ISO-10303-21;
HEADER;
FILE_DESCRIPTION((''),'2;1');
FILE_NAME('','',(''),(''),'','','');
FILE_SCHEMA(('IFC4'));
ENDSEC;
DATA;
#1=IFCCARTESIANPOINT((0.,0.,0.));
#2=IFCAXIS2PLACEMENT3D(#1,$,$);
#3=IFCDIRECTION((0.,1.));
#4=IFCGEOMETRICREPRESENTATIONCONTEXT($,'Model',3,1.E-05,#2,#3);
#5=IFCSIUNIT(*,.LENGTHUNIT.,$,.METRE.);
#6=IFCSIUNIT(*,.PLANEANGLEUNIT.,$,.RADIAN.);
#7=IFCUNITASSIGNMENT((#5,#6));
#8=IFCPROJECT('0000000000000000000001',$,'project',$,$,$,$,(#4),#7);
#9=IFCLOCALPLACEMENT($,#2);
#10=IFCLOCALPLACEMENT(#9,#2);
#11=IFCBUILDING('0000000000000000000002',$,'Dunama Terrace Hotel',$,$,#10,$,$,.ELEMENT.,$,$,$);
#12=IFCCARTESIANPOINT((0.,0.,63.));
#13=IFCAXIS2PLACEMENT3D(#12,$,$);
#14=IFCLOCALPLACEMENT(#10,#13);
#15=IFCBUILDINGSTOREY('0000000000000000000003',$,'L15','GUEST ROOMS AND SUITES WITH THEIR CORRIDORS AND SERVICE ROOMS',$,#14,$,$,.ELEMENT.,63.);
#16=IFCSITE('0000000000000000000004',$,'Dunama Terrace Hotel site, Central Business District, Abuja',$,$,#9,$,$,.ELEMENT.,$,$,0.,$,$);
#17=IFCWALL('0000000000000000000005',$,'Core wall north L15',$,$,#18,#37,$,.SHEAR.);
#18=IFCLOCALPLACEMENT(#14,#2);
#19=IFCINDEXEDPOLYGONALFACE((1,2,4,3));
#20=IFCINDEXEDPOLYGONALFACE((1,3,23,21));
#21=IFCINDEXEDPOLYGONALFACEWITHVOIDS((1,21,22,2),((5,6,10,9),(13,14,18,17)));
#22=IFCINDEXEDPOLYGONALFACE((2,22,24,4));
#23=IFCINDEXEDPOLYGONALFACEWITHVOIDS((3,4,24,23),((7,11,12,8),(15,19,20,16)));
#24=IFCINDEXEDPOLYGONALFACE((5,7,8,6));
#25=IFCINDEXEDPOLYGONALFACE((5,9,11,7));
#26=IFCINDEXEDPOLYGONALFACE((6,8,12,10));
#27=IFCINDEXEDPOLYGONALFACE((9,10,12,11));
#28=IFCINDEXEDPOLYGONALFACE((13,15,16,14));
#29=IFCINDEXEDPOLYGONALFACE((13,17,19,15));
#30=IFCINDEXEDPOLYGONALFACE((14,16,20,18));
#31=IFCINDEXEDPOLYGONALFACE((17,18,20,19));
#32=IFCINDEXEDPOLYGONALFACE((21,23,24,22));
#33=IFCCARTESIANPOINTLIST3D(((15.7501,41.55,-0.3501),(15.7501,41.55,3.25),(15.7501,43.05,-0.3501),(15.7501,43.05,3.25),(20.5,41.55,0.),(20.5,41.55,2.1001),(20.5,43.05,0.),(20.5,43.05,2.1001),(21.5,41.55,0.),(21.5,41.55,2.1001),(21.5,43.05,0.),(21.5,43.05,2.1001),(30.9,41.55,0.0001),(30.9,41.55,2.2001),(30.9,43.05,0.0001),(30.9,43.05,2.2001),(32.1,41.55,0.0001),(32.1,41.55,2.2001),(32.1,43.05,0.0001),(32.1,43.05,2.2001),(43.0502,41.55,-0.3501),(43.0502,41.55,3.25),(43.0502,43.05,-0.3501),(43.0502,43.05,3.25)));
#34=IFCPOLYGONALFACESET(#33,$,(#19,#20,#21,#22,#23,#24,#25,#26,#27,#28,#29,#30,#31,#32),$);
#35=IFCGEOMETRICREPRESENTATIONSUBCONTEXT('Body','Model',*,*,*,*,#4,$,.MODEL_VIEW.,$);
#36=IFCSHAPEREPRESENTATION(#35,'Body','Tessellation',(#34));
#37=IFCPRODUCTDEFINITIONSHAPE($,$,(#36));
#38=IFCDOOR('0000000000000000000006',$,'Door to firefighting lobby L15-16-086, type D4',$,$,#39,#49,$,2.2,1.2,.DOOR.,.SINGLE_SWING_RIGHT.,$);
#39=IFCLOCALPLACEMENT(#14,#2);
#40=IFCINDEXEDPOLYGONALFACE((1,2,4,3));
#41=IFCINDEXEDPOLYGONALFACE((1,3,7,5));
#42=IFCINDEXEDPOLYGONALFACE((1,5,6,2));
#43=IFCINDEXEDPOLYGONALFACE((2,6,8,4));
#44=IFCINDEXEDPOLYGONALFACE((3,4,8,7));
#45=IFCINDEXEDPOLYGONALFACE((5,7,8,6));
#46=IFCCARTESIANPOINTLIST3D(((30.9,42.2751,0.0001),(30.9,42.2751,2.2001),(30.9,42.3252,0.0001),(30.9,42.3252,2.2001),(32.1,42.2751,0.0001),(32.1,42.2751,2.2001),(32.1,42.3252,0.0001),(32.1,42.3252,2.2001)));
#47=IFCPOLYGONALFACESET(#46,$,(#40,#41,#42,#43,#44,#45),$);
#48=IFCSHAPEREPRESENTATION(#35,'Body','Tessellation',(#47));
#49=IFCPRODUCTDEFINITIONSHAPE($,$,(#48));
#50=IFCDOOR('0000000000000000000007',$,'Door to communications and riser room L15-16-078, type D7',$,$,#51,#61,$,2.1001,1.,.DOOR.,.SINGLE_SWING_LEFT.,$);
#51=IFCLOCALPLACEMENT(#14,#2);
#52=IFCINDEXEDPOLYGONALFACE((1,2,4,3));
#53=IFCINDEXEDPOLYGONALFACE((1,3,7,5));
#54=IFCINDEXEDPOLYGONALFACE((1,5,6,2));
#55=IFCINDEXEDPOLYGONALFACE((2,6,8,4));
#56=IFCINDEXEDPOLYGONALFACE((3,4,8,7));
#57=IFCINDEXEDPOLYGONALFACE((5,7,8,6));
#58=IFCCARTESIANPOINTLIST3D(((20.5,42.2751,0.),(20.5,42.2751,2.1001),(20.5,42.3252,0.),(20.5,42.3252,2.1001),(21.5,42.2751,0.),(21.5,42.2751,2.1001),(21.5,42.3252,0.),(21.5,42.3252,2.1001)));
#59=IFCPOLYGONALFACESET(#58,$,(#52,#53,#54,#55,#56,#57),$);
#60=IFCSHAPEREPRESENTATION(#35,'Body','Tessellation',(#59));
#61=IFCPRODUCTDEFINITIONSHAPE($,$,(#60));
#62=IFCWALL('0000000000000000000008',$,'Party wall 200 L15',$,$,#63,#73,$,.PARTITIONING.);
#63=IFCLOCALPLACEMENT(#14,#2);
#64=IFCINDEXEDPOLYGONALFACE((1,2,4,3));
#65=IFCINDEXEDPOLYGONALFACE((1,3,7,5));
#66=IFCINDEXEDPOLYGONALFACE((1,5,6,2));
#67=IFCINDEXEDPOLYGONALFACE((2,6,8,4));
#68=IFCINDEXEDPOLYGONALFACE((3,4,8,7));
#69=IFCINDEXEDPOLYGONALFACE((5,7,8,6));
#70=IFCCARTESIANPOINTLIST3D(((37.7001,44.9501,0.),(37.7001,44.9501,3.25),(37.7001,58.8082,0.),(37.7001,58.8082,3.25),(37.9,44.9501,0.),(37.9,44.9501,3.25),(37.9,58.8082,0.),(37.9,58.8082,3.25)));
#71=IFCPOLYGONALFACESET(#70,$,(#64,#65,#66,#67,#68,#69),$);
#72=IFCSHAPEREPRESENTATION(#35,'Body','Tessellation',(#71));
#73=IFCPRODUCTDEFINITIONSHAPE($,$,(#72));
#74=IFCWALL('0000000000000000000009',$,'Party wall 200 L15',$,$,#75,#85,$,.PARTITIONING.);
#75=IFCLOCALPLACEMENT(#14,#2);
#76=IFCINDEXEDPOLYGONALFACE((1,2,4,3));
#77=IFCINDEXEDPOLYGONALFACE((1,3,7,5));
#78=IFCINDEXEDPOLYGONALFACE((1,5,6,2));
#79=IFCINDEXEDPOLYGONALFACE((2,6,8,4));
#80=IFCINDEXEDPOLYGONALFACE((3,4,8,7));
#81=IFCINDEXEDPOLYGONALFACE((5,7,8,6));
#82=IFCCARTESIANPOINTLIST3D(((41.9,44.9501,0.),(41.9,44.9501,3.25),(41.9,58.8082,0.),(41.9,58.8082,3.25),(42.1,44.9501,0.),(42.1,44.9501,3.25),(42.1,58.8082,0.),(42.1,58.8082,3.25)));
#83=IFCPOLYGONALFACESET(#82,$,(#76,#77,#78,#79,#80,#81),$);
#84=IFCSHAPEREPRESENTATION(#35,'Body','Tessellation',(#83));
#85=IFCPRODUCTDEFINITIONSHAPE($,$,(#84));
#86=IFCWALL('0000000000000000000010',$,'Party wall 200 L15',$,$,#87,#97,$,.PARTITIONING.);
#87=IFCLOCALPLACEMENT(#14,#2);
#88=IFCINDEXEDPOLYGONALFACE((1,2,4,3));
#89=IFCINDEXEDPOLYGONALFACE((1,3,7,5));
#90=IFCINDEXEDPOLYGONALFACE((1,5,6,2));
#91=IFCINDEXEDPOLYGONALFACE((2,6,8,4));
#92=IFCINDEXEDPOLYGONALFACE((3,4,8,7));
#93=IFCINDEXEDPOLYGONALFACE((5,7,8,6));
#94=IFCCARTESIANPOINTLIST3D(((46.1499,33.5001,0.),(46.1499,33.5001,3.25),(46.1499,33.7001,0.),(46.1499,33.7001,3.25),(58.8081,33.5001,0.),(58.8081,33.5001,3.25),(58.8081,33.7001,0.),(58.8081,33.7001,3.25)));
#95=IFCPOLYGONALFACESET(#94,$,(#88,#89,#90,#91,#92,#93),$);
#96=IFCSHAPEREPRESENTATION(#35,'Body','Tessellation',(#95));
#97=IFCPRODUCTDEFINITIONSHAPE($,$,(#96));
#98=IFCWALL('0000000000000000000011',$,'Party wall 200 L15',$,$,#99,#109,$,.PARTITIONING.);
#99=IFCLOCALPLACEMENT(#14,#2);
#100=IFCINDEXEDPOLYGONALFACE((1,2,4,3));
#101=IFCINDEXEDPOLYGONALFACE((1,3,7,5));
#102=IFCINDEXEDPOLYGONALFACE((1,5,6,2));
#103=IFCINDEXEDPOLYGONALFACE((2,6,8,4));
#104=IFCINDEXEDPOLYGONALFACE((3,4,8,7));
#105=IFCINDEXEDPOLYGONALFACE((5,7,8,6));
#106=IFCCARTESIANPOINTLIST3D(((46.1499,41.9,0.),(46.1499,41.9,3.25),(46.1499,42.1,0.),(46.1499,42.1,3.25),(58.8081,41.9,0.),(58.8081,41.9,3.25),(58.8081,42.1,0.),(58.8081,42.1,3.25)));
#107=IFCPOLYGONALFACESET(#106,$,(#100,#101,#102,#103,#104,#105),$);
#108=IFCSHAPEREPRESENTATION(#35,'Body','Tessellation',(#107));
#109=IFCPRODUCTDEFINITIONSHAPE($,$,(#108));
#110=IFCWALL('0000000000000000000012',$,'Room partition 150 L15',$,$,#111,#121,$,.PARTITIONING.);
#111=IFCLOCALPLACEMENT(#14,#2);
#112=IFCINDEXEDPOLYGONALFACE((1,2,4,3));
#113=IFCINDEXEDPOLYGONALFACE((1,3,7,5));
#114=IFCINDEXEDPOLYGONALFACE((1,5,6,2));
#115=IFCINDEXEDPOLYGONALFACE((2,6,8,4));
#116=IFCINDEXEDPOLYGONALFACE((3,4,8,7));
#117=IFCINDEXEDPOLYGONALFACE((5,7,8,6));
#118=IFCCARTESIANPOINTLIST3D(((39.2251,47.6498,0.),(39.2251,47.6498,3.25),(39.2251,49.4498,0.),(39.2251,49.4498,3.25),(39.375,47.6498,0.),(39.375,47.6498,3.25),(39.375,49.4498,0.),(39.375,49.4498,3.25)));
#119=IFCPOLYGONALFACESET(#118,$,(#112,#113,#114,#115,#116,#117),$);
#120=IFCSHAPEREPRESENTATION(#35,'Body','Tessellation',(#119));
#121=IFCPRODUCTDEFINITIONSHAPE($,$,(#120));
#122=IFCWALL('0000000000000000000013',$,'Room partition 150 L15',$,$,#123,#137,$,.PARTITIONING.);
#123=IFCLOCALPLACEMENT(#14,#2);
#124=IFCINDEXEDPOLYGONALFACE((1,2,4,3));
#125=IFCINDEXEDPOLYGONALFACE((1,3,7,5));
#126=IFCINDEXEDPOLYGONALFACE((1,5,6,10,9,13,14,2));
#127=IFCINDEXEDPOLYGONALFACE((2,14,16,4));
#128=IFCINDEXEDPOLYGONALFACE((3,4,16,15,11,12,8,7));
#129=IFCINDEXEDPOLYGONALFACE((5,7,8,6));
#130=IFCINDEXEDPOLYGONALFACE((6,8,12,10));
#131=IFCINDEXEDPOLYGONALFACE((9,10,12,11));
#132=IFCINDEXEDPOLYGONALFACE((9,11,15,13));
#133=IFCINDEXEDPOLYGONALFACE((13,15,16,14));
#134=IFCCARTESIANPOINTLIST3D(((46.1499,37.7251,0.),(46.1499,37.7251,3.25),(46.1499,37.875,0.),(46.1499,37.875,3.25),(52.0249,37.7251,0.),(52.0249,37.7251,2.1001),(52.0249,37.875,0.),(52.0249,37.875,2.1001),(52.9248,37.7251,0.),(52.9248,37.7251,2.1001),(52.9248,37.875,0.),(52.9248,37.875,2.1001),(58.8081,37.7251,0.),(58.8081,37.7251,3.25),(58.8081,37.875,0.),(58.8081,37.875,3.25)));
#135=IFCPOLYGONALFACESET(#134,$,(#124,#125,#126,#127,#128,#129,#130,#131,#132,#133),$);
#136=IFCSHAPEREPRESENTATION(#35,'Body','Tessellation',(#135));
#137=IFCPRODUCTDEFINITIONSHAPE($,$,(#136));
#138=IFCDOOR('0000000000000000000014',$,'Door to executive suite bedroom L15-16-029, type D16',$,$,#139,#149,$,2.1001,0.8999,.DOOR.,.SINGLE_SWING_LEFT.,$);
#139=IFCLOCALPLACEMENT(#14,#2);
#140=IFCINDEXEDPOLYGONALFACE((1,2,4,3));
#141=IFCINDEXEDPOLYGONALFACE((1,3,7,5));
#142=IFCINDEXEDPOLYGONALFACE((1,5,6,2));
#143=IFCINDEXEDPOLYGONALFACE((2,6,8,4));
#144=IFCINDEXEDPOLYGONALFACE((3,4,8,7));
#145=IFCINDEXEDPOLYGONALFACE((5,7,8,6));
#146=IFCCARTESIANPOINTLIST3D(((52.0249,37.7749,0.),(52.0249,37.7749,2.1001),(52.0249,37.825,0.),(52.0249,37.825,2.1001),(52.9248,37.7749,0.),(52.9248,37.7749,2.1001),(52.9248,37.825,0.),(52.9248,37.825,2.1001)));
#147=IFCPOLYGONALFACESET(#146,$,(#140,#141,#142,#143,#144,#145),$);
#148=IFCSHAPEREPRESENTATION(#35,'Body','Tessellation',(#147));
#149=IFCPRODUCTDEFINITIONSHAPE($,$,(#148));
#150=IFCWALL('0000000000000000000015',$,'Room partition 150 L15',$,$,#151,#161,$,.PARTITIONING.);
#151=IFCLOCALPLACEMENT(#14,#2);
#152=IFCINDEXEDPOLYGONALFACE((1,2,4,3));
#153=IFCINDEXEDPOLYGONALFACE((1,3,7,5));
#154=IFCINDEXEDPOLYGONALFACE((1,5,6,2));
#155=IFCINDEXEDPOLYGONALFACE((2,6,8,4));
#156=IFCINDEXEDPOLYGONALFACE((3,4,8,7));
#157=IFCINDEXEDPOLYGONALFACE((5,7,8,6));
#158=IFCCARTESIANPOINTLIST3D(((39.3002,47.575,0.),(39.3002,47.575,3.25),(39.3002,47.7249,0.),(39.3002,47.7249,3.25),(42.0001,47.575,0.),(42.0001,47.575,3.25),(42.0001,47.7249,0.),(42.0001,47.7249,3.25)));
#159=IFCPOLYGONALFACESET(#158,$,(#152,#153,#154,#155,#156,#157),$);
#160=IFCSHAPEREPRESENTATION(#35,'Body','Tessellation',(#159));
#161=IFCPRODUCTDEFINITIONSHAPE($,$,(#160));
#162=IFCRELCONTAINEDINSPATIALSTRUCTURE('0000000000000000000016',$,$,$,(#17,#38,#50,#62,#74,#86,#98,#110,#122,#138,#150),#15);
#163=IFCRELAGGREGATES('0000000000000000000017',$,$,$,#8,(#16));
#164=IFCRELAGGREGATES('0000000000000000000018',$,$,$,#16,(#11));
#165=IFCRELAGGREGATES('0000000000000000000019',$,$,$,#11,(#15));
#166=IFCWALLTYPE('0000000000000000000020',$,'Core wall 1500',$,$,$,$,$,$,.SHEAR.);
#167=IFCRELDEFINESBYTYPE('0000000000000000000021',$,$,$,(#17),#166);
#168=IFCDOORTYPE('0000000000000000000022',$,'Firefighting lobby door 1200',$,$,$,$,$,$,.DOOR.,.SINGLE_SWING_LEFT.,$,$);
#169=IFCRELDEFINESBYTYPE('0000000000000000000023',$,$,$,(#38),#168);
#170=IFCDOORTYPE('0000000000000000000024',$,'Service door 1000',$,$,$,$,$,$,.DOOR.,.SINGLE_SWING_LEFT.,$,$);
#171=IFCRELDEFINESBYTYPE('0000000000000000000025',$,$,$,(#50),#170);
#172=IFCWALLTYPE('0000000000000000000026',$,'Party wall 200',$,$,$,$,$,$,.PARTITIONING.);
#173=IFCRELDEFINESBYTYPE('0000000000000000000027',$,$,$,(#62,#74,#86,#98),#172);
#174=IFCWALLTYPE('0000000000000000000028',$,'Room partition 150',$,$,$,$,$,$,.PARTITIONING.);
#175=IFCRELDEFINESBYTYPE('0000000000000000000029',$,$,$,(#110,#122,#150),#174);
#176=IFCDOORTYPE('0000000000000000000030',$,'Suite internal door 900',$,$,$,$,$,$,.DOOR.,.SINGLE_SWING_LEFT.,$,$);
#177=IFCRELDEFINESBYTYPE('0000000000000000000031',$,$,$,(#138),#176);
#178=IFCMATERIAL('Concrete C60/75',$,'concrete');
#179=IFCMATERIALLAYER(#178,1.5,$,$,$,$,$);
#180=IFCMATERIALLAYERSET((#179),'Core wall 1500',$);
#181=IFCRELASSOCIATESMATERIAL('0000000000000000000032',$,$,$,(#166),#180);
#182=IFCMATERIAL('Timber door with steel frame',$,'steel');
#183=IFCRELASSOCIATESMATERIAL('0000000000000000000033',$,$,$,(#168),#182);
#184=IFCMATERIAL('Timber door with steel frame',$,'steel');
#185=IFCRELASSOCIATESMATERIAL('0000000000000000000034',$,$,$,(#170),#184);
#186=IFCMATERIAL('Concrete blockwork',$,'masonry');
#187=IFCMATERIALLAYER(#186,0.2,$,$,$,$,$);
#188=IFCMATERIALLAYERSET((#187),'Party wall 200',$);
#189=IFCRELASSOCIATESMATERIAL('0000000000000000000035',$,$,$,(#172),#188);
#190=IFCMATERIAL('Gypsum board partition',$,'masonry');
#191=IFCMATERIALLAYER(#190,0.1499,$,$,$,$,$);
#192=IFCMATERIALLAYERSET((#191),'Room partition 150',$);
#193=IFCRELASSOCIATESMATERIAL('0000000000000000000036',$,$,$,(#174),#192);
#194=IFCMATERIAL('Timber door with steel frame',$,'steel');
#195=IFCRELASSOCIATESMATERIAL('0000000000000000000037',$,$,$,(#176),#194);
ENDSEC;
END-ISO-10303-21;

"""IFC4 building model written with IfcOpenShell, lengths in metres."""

from ifc_helpers import new_model, si_unit, direction, frame, frame_2d, origin, place, context, subcontext, project, spatial, rectangle, extrude, material, layer, layer_set, type_object, element, fill, save


model = new_model("IFC4")

# Units and contexts
model_context = context("Model", 3, precision=1e-05, world=origin(), true_north=direction((0.0, 1.0)))
body_context = subcontext(model_context, "Body", "Model", "MODEL_VIEW")
ifc_project = project(units=[si_unit("LENGTHUNIT", "METRE"), si_unit("PLANEANGLEUNIT", "RADIAN")], contexts=[model_context])

# Site, building, storey
site_placement = place(None, origin())
site = spatial("IfcSite", under=ifc_project, at=site_placement, Name="Dunama Terrace Hotel site, Central Business District, Abuja", CompositionType="ELEMENT", RefElevation=0.0)
building_placement = place(site_placement, origin())
building = spatial("IfcBuilding", under=site, at=building_placement, Name="Dunama Terrace Hotel", CompositionType="ELEMENT")
storey_placement = place(building_placement, frame((0.0, 0.0, 63.0)))
storey = spatial("IfcBuildingStorey", under=building, at=storey_placement, Name="L15", Description="GUEST ROOMS AND SUITES WITH THEIR CORRIDORS AND SERVICE ROOMS", CompositionType="ELEMENT", Elevation=63.0)

# Wall, openings, doors
ifc_material_1 = material(Name="Concrete C60/75", Category="concrete")
ifc_layer_1 = layer(ifc_material_1, 1.5)
ifc_layer_set_1 = layer_set([ifc_layer_1], Name="Core wall 1500")
wall_type_1 = type_object("IfcWallType", Name="Core wall 1500", PredefinedType="SHEAR", material=ifc_layer_set_1)
wall_1_placement = place(storey_placement, frame((43.05, 42.3, -0.3501), z_axis=(0.0, 0.0, 1.0), x_axis=(-1.0, 0.0, 0.0)))
wall_1 = element("IfcWall", 1, at=wall_1_placement, inside=storey, type_object=wall_type_1, Name="Core wall north L15", PredefinedType="SHEAR", context=body_context, shape_type="SweptSolid", body=[
    extrude(rectangle(XDim=27.3, YDim=1.5, at=frame_2d((13.6499, 0.0))), origin(), (0.0, 0.0, 1.0), 3.6001),
])
opening_1_placement = place(wall_1_placement, frame((21.55, 0.0, 0.3501)))
opening_1 = element("IfcOpeningElement", 2, at=opening_1_placement, cuts=wall_1, PredefinedType="OPENING", context=body_context, shape_type="SweptSolid", body=[
    extrude(rectangle(XDim=1.0, YDim=2.1001, at=frame_2d((0.5, 1.05))), frame((0.0, 0.76, 0.0), z_axis=(0.0, -1.0, 0.0), x_axis=(1.0, 0.0, 0.0)), (0.0, 0.0, 1.0), 1.52),
])
opening_2_placement = place(wall_1_placement, frame((10.95, 0.0, 0.3501)))
opening_2 = element("IfcOpeningElement", 3, at=opening_2_placement, cuts=wall_1, PredefinedType="OPENING", context=body_context, shape_type="SweptSolid", body=[
    extrude(rectangle(XDim=1.2, YDim=2.2, at=frame_2d((0.6001, 1.1001))), frame((0.0, 0.76, 0.0), z_axis=(0.0, -1.0, 0.0), x_axis=(1.0, 0.0, 0.0)), (0.0, 0.0, 1.0), 1.52),
])
ifc_material_2 = material(Name="Timber door with steel frame", Category="steel")
door_type_1 = type_object("IfcDoorType", Name="Firefighting lobby door 1200", OperationType="SINGLE_SWING_LEFT", PredefinedType="DOOR", material=ifc_material_2)
door_1_placement = place(opening_2_placement, origin())
door_1 = element("IfcDoor", 4, at=door_1_placement, inside=storey, type_object=door_type_1, Name="Door to firefighting lobby L15-16-086, type D4", OperationType="SINGLE_SWING_RIGHT", OverallHeight=2.2, OverallWidth=1.2, PredefinedType="DOOR", context=body_context, shape_type="SweptSolid", body=[
    extrude(rectangle(XDim=1.2, YDim=2.2, at=frame_2d((0.6001, 1.1001))), frame((0.0, 0.0249, 0.0), z_axis=(0.0, -1.0, 0.0), x_axis=(1.0, 0.0, 0.0)), (0.0, 0.0, 1.0), 0.05),
])
fill(opening_2, door_1)
ifc_material_3 = material(Name="Timber door with steel frame", Category="steel")
door_type_2 = type_object("IfcDoorType", Name="Service door 1000", OperationType="SINGLE_SWING_LEFT", PredefinedType="DOOR", material=ifc_material_3)
door_2_placement = place(opening_1_placement, origin())
door_2 = element("IfcDoor", 5, at=door_2_placement, inside=storey, type_object=door_type_2, Name="Door to communications and riser room L15-16-078, type D7", OperationType="SINGLE_SWING_LEFT", OverallHeight=2.1001, OverallWidth=1.0, PredefinedType="DOOR", context=body_context, shape_type="SweptSolid", body=[
    extrude(rectangle(XDim=1.0, YDim=2.1001, at=frame_2d((0.5, 1.05))), frame((0.0, 0.0249, 0.0), z_axis=(0.0, -1.0, 0.0), x_axis=(1.0, 0.0, 0.0)), (0.0, 0.0, 1.0), 0.05),
])
fill(opening_1, door_2)

# Walls
ifc_material_4 = material(Name="Concrete blockwork", Category="masonry")
ifc_layer_2 = layer(ifc_material_4, 0.2)
ifc_layer_set_2 = layer_set([ifc_layer_2], Name="Party wall 200")
wall_type_2 = type_object("IfcWallType", Name="Party wall 200", PredefinedType="PARTITIONING", material=ifc_layer_set_2)
for number, where, z_axis, x_axis, name in (
    (6, (37.8, 44.95, 0.0), (0.0, 0.0, 1.0), (0.0, 1.0, 0.0), "Party wall 200 L15"),
    (7, (42.0, 44.95, 0.0), (0.0, 0.0, 1.0), (0.0, 1.0, 0.0), "Party wall 200 L15"),
):
    element("IfcWall", number, at=place(storey_placement, frame(where, z_axis=z_axis, x_axis=x_axis)), inside=storey, type_object=wall_type_2, Name=name, PredefinedType="PARTITIONING", context=body_context, shape_type="SweptSolid", body=[
        extrude(rectangle(XDim=13.8582, YDim=0.2, at=frame_2d((6.9292, 0.0))), origin(), (0.0, 0.0, 1.0), 3.25),
    ])
for number, where, z_axis, x_axis, name in (
    (8, (46.1499, 33.6001, 0.0), (0.0, 0.0, 1.0), (1.0, 0.0, 0.0), "Party wall 200 L15"),
    (9, (46.1499, 42.0, 0.0), (0.0, 0.0, 1.0), (1.0, 0.0, 0.0), "Party wall 200 L15"),
):
    element("IfcWall", number, at=place(storey_placement, frame(where, z_axis=z_axis, x_axis=x_axis)), inside=storey, type_object=wall_type_2, Name=name, PredefinedType="PARTITIONING", context=body_context, shape_type="SweptSolid", body=[
        extrude(rectangle(XDim=12.6582, YDim=0.2, at=frame_2d((6.3291, 0.0))), origin(), (0.0, 0.0, 1.0), 3.25),
    ])
ifc_material_5 = material(Name="Gypsum board partition", Category="masonry")
ifc_layer_3 = layer(ifc_material_5, 0.1499)
ifc_layer_set_3 = layer_set([ifc_layer_3], Name="Room partition 150")
wall_type_3 = type_object("IfcWallType", Name="Room partition 150", PredefinedType="PARTITIONING", material=ifc_layer_set_3)
wall_2_placement = place(storey_placement, frame((39.3, 47.6499, 0.0), z_axis=(0.0, 0.0, 1.0), x_axis=(0.0, 1.0, 0.0)))
element("IfcWall", 10, at=wall_2_placement, inside=storey, type_object=wall_type_3, Name="Room partition 150 L15", PredefinedType="PARTITIONING", context=body_context, shape_type="SweptSolid", body=[
    extrude(rectangle(XDim=1.8, YDim=0.1499, at=frame_2d((0.8999, 0.0))), origin(), (0.0, 0.0, 1.0), 3.25),
])

# Wall, opening, door
wall_3_placement = place(storey_placement, frame((46.1499, 37.8, 0.0), z_axis=(0.0, 0.0, 1.0), x_axis=(1.0, 0.0, 0.0)))
wall_3 = element("IfcWall", 11, at=wall_3_placement, inside=storey, type_object=wall_type_3, Name="Room partition 150 L15", PredefinedType="PARTITIONING", context=body_context, shape_type="SweptSolid", body=[
    extrude(rectangle(XDim=12.6582, YDim=0.1499, at=frame_2d((6.3291, 0.0))), origin(), (0.0, 0.0, 1.0), 3.25),
])
opening_3_placement = place(wall_3_placement, frame((5.875, 0.0, 0.0)))
opening_3 = element("IfcOpeningElement", 12, at=opening_3_placement, cuts=wall_3, PredefinedType="OPENING", context=body_context, shape_type="SweptSolid", body=[
    extrude(rectangle(XDim=0.8999, YDim=2.1001, at=frame_2d((0.45, 1.05))), frame((0.0, 0.085, 0.0), z_axis=(0.0, -1.0, 0.0), x_axis=(1.0, 0.0, 0.0)), (0.0, 0.0, 1.0), 0.1699),
])
ifc_material_6 = material(Name="Timber door with steel frame", Category="steel")
door_type_3 = type_object("IfcDoorType", Name="Suite internal door 900", OperationType="SINGLE_SWING_LEFT", PredefinedType="DOOR", material=ifc_material_6)
door_3_placement = place(opening_3_placement, origin())
door_3 = element("IfcDoor", 13, at=door_3_placement, inside=storey, type_object=door_type_3, Name="Door to executive suite bedroom L15-16-029, type D16", OperationType="SINGLE_SWING_LEFT", OverallHeight=2.1001, OverallWidth=0.8999, PredefinedType="DOOR", context=body_context, shape_type="SweptSolid", body=[
    extrude(rectangle(XDim=0.8999, YDim=2.1001, at=frame_2d((0.45, 1.05))), frame((0.0, 0.0249, 0.0), z_axis=(0.0, -1.0, 0.0), x_axis=(1.0, 0.0, 0.0)), (0.0, 0.0, 1.0), 0.05),
])
fill(opening_3, door_3)

# Wall
wall_4_placement = place(storey_placement, frame((39.3, 47.6499, 0.0), z_axis=(0.0, 0.0, 1.0), x_axis=(1.0, 0.0, 0.0)))
element("IfcWall", 14, at=wall_4_placement, inside=storey, type_object=wall_type_3, Name="Room partition 150 L15", PredefinedType="PARTITIONING", context=body_context, shape_type="SweptSolid", body=[
    extrude(rectangle(XDim=2.7, YDim=0.1499, at=frame_2d((1.3501, 0.0))), origin(), (0.0, 0.0, 1.0), 3.25),
])

save(model, "model.ifc")
